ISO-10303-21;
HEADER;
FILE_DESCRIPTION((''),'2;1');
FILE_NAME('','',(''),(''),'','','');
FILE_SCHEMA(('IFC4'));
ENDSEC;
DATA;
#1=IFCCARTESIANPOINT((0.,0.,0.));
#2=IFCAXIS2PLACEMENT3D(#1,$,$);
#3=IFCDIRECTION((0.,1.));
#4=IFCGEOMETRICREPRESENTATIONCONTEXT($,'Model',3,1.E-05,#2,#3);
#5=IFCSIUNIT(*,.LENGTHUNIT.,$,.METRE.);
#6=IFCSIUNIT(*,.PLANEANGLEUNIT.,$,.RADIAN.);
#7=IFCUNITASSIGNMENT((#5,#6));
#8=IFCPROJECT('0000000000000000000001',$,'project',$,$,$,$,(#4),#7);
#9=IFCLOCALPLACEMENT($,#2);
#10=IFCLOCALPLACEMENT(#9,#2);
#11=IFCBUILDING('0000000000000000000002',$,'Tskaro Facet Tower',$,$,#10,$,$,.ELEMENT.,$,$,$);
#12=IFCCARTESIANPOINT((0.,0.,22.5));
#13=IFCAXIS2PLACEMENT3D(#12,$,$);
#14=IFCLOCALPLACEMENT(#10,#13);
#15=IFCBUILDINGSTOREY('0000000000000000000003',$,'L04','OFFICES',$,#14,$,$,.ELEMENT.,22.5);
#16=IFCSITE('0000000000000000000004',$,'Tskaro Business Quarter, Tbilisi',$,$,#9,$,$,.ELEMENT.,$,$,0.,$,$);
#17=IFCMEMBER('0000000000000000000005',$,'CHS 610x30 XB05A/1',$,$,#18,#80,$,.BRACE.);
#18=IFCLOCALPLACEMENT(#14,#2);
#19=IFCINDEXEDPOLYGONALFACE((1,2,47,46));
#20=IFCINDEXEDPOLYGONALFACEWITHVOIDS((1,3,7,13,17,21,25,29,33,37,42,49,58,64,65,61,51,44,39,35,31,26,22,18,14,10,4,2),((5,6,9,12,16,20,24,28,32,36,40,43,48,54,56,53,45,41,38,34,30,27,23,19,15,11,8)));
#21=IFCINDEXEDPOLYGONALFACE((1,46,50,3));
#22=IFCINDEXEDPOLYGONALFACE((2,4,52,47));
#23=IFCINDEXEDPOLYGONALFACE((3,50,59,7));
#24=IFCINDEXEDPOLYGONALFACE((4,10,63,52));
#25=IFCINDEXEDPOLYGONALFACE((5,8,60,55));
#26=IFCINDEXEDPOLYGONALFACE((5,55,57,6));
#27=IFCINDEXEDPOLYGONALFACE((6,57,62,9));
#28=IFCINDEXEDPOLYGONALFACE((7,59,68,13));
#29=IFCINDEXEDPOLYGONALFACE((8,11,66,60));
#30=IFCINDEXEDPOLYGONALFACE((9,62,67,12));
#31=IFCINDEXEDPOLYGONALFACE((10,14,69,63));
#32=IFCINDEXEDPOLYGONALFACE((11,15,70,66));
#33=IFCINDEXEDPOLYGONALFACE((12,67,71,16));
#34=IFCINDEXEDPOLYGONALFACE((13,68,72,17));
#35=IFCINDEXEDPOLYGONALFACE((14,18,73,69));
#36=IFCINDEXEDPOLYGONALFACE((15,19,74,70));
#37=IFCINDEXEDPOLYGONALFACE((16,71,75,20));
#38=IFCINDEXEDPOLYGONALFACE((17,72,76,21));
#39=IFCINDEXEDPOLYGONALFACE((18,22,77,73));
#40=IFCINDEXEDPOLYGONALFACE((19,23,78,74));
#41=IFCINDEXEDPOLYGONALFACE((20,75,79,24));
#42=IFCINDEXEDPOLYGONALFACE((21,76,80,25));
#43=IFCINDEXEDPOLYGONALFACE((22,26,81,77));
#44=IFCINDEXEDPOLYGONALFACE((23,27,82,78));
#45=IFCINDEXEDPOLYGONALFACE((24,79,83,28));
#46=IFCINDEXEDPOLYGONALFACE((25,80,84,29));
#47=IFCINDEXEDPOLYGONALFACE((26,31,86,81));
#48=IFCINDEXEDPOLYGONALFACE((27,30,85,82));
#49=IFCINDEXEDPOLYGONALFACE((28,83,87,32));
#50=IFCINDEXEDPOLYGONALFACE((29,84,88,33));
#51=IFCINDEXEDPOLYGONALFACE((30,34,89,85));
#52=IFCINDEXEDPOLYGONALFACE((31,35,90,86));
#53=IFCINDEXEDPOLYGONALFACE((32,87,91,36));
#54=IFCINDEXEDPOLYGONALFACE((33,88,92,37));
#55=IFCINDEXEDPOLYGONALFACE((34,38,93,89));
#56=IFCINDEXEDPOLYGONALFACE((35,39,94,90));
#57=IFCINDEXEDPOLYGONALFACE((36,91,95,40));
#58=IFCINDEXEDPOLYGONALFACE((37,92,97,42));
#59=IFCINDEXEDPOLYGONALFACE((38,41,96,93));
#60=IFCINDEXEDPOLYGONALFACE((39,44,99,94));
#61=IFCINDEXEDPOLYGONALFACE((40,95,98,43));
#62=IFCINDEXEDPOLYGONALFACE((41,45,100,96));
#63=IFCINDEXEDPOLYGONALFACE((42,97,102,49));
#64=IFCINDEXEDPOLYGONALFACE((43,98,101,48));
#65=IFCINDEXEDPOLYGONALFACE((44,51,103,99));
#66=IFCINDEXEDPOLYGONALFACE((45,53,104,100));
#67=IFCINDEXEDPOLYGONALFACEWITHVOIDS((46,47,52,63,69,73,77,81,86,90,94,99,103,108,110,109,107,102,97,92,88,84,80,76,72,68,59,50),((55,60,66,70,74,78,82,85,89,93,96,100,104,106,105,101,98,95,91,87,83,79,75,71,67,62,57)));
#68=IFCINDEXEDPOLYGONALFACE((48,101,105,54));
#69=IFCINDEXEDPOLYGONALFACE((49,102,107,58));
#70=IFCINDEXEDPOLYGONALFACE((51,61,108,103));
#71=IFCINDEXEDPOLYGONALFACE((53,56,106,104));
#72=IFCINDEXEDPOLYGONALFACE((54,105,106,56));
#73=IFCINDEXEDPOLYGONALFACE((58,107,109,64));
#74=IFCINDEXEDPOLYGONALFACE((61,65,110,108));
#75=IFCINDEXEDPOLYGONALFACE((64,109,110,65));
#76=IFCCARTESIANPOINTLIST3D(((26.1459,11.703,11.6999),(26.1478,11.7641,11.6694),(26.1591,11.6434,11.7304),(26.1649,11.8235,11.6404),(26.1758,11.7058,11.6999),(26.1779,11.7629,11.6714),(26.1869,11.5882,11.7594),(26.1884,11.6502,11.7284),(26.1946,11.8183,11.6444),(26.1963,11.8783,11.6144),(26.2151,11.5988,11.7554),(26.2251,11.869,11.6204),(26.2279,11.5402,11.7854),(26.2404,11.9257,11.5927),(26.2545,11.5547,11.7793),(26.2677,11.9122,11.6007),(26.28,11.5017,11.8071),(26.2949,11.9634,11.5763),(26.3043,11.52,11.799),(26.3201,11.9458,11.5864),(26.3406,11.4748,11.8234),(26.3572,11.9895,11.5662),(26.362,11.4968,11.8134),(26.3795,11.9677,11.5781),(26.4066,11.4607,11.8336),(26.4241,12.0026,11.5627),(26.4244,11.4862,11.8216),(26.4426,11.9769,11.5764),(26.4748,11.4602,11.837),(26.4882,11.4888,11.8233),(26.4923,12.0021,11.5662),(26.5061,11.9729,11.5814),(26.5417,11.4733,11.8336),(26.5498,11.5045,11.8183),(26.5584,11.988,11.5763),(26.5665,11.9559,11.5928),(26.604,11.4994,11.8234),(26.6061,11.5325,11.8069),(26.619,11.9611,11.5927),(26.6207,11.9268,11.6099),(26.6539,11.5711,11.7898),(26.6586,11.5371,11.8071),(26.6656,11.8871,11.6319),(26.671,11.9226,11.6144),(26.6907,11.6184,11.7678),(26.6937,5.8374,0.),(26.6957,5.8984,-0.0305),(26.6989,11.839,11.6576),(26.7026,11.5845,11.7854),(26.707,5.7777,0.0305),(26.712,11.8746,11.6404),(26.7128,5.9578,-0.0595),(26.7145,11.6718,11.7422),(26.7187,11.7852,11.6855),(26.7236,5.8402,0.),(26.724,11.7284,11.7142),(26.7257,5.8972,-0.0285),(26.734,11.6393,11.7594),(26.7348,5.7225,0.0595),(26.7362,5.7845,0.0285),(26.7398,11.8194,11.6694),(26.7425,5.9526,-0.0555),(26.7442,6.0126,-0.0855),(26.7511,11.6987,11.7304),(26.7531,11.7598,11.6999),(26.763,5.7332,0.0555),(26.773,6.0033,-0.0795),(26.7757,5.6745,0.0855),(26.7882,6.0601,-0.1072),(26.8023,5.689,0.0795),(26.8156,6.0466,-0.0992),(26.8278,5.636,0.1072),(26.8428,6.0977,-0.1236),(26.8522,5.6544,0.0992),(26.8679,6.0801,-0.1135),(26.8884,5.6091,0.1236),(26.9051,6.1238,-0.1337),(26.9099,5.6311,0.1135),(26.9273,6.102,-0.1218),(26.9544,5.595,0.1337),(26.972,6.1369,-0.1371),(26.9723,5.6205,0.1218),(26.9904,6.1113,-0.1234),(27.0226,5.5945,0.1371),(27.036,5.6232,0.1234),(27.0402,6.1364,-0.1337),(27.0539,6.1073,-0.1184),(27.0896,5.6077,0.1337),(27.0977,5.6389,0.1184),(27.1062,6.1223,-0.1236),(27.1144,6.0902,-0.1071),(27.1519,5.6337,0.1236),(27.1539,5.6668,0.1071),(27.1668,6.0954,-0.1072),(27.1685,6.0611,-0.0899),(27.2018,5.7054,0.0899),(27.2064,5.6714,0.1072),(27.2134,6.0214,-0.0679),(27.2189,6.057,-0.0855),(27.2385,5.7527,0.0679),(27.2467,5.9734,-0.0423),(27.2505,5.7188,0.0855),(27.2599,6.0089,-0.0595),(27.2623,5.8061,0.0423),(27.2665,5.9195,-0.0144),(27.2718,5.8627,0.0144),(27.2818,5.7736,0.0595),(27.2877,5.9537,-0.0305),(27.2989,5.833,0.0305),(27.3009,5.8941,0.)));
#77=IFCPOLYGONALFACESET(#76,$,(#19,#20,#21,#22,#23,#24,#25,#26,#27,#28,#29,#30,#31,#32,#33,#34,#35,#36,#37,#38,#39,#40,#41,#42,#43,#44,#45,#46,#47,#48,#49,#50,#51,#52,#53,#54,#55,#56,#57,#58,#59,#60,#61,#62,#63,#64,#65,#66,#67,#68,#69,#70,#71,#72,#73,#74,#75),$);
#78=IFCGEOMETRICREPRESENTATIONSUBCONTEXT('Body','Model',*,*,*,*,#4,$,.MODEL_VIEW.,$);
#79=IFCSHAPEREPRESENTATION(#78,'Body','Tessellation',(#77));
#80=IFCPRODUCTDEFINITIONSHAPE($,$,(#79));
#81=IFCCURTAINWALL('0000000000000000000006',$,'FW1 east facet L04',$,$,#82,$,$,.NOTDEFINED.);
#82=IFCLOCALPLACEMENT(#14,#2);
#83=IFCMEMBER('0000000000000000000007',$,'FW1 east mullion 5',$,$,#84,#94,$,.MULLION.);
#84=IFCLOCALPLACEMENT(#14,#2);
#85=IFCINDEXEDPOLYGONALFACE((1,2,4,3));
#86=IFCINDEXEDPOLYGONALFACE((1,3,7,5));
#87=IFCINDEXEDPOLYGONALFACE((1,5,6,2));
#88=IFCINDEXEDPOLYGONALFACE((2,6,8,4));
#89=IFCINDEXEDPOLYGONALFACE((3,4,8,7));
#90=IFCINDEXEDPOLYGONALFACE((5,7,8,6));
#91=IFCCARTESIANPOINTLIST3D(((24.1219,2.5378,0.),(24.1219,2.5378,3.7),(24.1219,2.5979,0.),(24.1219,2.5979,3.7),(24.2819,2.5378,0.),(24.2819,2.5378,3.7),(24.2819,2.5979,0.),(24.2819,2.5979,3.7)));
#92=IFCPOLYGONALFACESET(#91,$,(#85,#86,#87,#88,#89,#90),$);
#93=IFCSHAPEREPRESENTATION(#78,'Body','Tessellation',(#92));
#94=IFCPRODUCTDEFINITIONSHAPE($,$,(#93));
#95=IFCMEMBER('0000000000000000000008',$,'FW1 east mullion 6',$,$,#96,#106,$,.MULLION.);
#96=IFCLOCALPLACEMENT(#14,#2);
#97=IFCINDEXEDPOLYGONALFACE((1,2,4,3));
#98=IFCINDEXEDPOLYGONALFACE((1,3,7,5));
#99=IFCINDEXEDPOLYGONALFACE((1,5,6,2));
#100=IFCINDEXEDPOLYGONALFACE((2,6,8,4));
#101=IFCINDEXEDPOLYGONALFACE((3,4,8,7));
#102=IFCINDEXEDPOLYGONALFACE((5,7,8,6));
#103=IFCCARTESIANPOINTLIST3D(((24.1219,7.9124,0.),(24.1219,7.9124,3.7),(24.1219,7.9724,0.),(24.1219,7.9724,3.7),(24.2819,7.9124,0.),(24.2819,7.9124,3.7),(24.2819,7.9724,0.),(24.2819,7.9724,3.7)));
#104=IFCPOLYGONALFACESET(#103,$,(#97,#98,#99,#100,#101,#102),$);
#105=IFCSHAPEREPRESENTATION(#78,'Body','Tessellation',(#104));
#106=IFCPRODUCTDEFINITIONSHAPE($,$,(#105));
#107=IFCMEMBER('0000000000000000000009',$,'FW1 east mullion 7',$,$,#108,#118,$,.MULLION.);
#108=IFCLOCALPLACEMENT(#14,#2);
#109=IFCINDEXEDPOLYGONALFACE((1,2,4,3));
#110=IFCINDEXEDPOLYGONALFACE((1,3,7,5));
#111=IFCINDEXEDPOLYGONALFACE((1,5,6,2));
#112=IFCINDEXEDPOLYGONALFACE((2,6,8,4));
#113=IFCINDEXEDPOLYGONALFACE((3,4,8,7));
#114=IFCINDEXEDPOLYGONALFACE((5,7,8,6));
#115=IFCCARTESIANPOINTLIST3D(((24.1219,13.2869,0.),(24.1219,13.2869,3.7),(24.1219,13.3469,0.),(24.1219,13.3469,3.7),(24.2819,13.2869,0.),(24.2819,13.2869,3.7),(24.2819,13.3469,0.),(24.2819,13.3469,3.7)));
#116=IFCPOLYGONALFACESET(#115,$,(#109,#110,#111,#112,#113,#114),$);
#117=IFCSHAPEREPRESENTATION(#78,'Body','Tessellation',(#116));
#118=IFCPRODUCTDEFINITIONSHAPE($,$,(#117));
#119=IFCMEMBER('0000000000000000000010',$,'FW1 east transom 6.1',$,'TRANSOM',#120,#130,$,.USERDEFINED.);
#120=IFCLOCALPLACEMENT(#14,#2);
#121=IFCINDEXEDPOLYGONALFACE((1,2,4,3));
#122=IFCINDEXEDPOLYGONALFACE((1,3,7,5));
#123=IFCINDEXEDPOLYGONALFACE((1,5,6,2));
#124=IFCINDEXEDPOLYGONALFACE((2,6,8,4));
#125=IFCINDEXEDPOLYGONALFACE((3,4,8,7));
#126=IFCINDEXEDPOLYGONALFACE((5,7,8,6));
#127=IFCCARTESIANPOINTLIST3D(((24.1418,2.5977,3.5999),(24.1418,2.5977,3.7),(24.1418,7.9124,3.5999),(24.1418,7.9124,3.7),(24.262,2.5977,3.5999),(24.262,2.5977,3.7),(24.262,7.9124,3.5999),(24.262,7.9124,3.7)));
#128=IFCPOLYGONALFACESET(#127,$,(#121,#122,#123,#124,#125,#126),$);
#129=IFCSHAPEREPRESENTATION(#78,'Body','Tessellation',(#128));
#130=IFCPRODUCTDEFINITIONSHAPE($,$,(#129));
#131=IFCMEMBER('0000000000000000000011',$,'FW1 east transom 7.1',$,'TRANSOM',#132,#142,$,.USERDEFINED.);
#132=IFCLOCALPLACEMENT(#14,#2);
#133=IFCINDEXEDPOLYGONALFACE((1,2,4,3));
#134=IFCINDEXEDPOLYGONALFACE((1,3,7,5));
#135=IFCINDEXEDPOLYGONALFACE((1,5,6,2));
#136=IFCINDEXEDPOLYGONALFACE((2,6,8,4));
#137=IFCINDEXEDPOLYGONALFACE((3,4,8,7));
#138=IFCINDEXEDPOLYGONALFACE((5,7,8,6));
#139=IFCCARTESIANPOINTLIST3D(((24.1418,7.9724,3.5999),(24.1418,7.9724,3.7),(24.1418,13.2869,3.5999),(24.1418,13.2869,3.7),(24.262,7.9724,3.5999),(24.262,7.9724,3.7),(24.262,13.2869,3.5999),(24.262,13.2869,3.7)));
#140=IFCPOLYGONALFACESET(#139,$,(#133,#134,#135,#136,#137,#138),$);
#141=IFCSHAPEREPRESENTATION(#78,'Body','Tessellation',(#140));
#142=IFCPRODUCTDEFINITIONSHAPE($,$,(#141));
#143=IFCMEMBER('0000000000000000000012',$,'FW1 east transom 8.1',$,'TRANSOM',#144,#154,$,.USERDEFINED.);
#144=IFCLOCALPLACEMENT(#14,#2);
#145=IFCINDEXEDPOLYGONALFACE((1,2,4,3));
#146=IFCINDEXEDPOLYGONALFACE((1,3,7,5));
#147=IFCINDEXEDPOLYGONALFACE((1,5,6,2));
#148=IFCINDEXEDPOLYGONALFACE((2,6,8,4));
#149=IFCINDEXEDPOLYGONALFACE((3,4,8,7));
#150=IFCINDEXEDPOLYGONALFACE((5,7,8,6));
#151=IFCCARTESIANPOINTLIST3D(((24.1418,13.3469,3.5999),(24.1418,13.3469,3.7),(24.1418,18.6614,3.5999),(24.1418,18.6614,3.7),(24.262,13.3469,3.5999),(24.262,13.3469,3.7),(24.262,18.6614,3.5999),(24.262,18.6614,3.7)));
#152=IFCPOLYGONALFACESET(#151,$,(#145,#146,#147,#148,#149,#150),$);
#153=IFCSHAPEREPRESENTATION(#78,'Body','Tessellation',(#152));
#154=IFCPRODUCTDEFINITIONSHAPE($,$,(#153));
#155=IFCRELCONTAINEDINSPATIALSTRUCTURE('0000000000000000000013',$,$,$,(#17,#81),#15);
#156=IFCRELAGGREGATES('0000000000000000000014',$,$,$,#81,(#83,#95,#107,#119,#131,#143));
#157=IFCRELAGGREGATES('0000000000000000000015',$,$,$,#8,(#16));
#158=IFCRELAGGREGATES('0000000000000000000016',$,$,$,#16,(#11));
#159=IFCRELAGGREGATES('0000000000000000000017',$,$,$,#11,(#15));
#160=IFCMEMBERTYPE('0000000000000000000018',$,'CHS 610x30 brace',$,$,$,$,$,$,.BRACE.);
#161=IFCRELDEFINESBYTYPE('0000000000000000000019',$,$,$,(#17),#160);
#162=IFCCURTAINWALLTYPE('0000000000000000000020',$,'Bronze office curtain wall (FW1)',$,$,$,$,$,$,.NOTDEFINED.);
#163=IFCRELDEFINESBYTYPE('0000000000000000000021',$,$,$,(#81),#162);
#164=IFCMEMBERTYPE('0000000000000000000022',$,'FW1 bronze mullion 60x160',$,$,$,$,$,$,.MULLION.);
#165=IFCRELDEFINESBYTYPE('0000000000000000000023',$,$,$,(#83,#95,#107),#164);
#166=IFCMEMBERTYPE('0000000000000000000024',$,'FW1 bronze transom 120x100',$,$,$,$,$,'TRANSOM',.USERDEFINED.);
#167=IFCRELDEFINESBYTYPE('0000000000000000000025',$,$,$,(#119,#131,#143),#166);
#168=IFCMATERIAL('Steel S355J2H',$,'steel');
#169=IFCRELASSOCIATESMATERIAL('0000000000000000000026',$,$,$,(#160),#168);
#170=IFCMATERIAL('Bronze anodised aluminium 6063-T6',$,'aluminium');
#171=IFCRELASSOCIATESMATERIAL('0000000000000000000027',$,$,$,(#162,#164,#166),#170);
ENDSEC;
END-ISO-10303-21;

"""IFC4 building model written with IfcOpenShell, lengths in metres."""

from ifc_helpers import new_model, si_unit, direction, frame, origin, origin_2d, place, context, subcontext, project, spatial, rectangle, hollow_circle, extrude, material, material_profile, profile_set, type_object, element, aggregate, save


model = new_model("IFC4")

# Units and contexts
model_context = context("Model", 3, precision=1e-05, world=origin(), true_north=direction((0.0, 1.0)))
body_context = subcontext(model_context, "Body", "Model", "MODEL_VIEW")
ifc_project = project(units=[si_unit("LENGTHUNIT", "METRE"), si_unit("PLANEANGLEUNIT", "RADIAN")], contexts=[model_context])

# Site, building, storey
site_placement = place(None, origin())
site = spatial("IfcSite", under=ifc_project, at=site_placement, Name="Tskaro Business Quarter, Tbilisi", CompositionType="ELEMENT", RefElevation=0.0)
building_placement = place(site_placement, origin())
building = spatial("IfcBuilding", under=site, at=building_placement, Name="Tskaro Facet Tower", CompositionType="ELEMENT")
storey_placement = place(building_placement, frame((0.0, 0.0, 22.5)))
storey = spatial("IfcBuildingStorey", under=building, at=storey_placement, Name="L04", Description="OFFICES", CompositionType="ELEMENT", Elevation=22.5)

# Shared definitions
ifc_material_1 = material(Name="Steel S355J2H", Category="steel")

# Member
ifc_material_profile_1 = material_profile(ifc_material_1, hollow_circle(Radius=0.3049, WallThickness=0.03, at=origin_2d()), Name="CHS 610x30")
ifc_profile_set_1 = profile_set([ifc_material_profile_1], Name="Steel S355J2H")
member_type_1 = type_object("IfcMemberType", Name="CHS 610x30 brace", PredefinedType="BRACE", material=ifc_profile_set_1)
member_1_placement = place(storey_placement, frame((26.9973, 5.8657, 0.0), z_axis=(-0.041822, 0.447784, 0.893163), x_axis=(-0.995667, -0.092994, 0.0)))
element("IfcMember", 1, at=member_1_placement, inside=storey, type_object=member_type_1, Name="CHS 610x30 XB05A/1", PredefinedType="BRACE", context=body_context, shape_type="SweptSolid", body=[
    extrude(hollow_circle(Radius=0.3049, WallThickness=0.03, at=origin_2d()), origin(), (0.0, 0.0, 1.0), 13.0994),
])

# Curtain wall, members
ifc_material_2 = material(Name="Bronze anodised aluminium 6063-T6", Category="aluminium")
curtain_wall_type = type_object("IfcCurtainWallType", Name="Bronze office curtain wall (FW1)", PredefinedType="NOTDEFINED", material=ifc_material_2)
curtain_wall_placement = place(storey_placement, origin())
curtain_wall = element("IfcCurtainWall", 2, at=curtain_wall_placement, inside=storey, type_object=curtain_wall_type, Name="FW1 east facet L04", PredefinedType="NOTDEFINED")
ifc_material_profile_2 = material_profile(ifc_material_2, rectangle(XDim=0.0601, YDim=0.1599, at=origin_2d()), Name="Mullion 60x160")
ifc_profile_set_2 = profile_set([ifc_material_profile_2], Name="Bronze anodised aluminium 6063-T6")
member_type_2 = type_object("IfcMemberType", Name="FW1 bronze mullion 60x160", PredefinedType="MULLION", material=ifc_profile_set_2)
member_2_placement = place(storey_placement, frame((24.2019, 2.5679, 0.0), z_axis=(0.0, 0.0, 1.0), x_axis=(0.0, 1.0, 0.0)))
member_2 = element("IfcMember", 3, at=member_2_placement, type_object=member_type_2, Name="FW1 east mullion 5", PredefinedType="MULLION", context=body_context, shape_type="SweptSolid", body=[
    extrude(rectangle(XDim=0.0601, YDim=0.1599, at=origin_2d()), origin(), (0.0, 0.0, 1.0), 3.7),
])
member_3_placement = place(storey_placement, frame((24.2019, 7.9424, 0.0), z_axis=(0.0, 0.0, 1.0), x_axis=(0.0, 1.0, 0.0)))
member_3 = element("IfcMember", 4, at=member_3_placement, type_object=member_type_2, Name="FW1 east mullion 6", PredefinedType="MULLION", context=body_context, shape_type="SweptSolid", body=[
    extrude(rectangle(XDim=0.0601, YDim=0.1599, at=origin_2d()), origin(), (0.0, 0.0, 1.0), 3.7),
])
member_4_placement = place(storey_placement, frame((24.2019, 13.3169, 0.0), z_axis=(0.0, 0.0, 1.0), x_axis=(0.0, 1.0, 0.0)))
member_4 = element("IfcMember", 5, at=member_4_placement, type_object=member_type_2, Name="FW1 east mullion 7", PredefinedType="MULLION", context=body_context, shape_type="SweptSolid", body=[
    extrude(rectangle(XDim=0.0601, YDim=0.1599, at=origin_2d()), origin(), (0.0, 0.0, 1.0), 3.7),
])
ifc_material_profile_3 = material_profile(ifc_material_2, rectangle(XDim=0.1201, YDim=0.1001, at=origin_2d()), Name="Transom 120x100")
ifc_profile_set_3 = profile_set([ifc_material_profile_3], Name="Bronze anodised aluminium 6063-T6")
member_type_3 = type_object("IfcMemberType", Name="FW1 bronze transom 120x100", ElementType="TRANSOM", PredefinedType="USERDEFINED", material=ifc_profile_set_3)
member_5_placement = place(storey_placement, frame((24.2019, 2.5977, 3.6499), z_axis=(0.0, 1.0, 0.0), x_axis=(-1.0, 0.0, 0.0)))
member_5 = element("IfcMember", 6, at=member_5_placement, type_object=member_type_3, Name="FW1 east transom 6.1", ObjectType="TRANSOM", PredefinedType="USERDEFINED", context=body_context, shape_type="SweptSolid", body=[
    extrude(rectangle(XDim=0.1201, YDim=0.1001, at=origin_2d()), origin(), (0.0, 0.0, 1.0), 5.3147),
])
member_6_placement = place(storey_placement, frame((24.2019, 7.9724, 3.6499), z_axis=(0.0, 1.0, 0.0), x_axis=(-1.0, 0.0, 0.0)))
member_6 = element("IfcMember", 7, at=member_6_placement, type_object=member_type_3, Name="FW1 east transom 7.1", ObjectType="TRANSOM", PredefinedType="USERDEFINED", context=body_context, shape_type="SweptSolid", body=[
    extrude(rectangle(XDim=0.1201, YDim=0.1001, at=origin_2d()), origin(), (0.0, 0.0, 1.0), 5.3145),
])
member_7_placement = place(storey_placement, frame((24.2019, 13.3469, 3.6499), z_axis=(0.0, 1.0, 0.0), x_axis=(-1.0, 0.0, 0.0)))
member_7 = element("IfcMember", 8, at=member_7_placement, type_object=member_type_3, Name="FW1 east transom 8.1", ObjectType="TRANSOM", PredefinedType="USERDEFINED", context=body_context, shape_type="SweptSolid", body=[
    extrude(rectangle(XDim=0.1201, YDim=0.1001, at=origin_2d()), origin(), (0.0, 0.0, 1.0), 5.3145),
])

aggregate(curtain_wall, [member_2, member_3, member_4, member_5, member_6, member_7])

save(model, "model.ifc")
